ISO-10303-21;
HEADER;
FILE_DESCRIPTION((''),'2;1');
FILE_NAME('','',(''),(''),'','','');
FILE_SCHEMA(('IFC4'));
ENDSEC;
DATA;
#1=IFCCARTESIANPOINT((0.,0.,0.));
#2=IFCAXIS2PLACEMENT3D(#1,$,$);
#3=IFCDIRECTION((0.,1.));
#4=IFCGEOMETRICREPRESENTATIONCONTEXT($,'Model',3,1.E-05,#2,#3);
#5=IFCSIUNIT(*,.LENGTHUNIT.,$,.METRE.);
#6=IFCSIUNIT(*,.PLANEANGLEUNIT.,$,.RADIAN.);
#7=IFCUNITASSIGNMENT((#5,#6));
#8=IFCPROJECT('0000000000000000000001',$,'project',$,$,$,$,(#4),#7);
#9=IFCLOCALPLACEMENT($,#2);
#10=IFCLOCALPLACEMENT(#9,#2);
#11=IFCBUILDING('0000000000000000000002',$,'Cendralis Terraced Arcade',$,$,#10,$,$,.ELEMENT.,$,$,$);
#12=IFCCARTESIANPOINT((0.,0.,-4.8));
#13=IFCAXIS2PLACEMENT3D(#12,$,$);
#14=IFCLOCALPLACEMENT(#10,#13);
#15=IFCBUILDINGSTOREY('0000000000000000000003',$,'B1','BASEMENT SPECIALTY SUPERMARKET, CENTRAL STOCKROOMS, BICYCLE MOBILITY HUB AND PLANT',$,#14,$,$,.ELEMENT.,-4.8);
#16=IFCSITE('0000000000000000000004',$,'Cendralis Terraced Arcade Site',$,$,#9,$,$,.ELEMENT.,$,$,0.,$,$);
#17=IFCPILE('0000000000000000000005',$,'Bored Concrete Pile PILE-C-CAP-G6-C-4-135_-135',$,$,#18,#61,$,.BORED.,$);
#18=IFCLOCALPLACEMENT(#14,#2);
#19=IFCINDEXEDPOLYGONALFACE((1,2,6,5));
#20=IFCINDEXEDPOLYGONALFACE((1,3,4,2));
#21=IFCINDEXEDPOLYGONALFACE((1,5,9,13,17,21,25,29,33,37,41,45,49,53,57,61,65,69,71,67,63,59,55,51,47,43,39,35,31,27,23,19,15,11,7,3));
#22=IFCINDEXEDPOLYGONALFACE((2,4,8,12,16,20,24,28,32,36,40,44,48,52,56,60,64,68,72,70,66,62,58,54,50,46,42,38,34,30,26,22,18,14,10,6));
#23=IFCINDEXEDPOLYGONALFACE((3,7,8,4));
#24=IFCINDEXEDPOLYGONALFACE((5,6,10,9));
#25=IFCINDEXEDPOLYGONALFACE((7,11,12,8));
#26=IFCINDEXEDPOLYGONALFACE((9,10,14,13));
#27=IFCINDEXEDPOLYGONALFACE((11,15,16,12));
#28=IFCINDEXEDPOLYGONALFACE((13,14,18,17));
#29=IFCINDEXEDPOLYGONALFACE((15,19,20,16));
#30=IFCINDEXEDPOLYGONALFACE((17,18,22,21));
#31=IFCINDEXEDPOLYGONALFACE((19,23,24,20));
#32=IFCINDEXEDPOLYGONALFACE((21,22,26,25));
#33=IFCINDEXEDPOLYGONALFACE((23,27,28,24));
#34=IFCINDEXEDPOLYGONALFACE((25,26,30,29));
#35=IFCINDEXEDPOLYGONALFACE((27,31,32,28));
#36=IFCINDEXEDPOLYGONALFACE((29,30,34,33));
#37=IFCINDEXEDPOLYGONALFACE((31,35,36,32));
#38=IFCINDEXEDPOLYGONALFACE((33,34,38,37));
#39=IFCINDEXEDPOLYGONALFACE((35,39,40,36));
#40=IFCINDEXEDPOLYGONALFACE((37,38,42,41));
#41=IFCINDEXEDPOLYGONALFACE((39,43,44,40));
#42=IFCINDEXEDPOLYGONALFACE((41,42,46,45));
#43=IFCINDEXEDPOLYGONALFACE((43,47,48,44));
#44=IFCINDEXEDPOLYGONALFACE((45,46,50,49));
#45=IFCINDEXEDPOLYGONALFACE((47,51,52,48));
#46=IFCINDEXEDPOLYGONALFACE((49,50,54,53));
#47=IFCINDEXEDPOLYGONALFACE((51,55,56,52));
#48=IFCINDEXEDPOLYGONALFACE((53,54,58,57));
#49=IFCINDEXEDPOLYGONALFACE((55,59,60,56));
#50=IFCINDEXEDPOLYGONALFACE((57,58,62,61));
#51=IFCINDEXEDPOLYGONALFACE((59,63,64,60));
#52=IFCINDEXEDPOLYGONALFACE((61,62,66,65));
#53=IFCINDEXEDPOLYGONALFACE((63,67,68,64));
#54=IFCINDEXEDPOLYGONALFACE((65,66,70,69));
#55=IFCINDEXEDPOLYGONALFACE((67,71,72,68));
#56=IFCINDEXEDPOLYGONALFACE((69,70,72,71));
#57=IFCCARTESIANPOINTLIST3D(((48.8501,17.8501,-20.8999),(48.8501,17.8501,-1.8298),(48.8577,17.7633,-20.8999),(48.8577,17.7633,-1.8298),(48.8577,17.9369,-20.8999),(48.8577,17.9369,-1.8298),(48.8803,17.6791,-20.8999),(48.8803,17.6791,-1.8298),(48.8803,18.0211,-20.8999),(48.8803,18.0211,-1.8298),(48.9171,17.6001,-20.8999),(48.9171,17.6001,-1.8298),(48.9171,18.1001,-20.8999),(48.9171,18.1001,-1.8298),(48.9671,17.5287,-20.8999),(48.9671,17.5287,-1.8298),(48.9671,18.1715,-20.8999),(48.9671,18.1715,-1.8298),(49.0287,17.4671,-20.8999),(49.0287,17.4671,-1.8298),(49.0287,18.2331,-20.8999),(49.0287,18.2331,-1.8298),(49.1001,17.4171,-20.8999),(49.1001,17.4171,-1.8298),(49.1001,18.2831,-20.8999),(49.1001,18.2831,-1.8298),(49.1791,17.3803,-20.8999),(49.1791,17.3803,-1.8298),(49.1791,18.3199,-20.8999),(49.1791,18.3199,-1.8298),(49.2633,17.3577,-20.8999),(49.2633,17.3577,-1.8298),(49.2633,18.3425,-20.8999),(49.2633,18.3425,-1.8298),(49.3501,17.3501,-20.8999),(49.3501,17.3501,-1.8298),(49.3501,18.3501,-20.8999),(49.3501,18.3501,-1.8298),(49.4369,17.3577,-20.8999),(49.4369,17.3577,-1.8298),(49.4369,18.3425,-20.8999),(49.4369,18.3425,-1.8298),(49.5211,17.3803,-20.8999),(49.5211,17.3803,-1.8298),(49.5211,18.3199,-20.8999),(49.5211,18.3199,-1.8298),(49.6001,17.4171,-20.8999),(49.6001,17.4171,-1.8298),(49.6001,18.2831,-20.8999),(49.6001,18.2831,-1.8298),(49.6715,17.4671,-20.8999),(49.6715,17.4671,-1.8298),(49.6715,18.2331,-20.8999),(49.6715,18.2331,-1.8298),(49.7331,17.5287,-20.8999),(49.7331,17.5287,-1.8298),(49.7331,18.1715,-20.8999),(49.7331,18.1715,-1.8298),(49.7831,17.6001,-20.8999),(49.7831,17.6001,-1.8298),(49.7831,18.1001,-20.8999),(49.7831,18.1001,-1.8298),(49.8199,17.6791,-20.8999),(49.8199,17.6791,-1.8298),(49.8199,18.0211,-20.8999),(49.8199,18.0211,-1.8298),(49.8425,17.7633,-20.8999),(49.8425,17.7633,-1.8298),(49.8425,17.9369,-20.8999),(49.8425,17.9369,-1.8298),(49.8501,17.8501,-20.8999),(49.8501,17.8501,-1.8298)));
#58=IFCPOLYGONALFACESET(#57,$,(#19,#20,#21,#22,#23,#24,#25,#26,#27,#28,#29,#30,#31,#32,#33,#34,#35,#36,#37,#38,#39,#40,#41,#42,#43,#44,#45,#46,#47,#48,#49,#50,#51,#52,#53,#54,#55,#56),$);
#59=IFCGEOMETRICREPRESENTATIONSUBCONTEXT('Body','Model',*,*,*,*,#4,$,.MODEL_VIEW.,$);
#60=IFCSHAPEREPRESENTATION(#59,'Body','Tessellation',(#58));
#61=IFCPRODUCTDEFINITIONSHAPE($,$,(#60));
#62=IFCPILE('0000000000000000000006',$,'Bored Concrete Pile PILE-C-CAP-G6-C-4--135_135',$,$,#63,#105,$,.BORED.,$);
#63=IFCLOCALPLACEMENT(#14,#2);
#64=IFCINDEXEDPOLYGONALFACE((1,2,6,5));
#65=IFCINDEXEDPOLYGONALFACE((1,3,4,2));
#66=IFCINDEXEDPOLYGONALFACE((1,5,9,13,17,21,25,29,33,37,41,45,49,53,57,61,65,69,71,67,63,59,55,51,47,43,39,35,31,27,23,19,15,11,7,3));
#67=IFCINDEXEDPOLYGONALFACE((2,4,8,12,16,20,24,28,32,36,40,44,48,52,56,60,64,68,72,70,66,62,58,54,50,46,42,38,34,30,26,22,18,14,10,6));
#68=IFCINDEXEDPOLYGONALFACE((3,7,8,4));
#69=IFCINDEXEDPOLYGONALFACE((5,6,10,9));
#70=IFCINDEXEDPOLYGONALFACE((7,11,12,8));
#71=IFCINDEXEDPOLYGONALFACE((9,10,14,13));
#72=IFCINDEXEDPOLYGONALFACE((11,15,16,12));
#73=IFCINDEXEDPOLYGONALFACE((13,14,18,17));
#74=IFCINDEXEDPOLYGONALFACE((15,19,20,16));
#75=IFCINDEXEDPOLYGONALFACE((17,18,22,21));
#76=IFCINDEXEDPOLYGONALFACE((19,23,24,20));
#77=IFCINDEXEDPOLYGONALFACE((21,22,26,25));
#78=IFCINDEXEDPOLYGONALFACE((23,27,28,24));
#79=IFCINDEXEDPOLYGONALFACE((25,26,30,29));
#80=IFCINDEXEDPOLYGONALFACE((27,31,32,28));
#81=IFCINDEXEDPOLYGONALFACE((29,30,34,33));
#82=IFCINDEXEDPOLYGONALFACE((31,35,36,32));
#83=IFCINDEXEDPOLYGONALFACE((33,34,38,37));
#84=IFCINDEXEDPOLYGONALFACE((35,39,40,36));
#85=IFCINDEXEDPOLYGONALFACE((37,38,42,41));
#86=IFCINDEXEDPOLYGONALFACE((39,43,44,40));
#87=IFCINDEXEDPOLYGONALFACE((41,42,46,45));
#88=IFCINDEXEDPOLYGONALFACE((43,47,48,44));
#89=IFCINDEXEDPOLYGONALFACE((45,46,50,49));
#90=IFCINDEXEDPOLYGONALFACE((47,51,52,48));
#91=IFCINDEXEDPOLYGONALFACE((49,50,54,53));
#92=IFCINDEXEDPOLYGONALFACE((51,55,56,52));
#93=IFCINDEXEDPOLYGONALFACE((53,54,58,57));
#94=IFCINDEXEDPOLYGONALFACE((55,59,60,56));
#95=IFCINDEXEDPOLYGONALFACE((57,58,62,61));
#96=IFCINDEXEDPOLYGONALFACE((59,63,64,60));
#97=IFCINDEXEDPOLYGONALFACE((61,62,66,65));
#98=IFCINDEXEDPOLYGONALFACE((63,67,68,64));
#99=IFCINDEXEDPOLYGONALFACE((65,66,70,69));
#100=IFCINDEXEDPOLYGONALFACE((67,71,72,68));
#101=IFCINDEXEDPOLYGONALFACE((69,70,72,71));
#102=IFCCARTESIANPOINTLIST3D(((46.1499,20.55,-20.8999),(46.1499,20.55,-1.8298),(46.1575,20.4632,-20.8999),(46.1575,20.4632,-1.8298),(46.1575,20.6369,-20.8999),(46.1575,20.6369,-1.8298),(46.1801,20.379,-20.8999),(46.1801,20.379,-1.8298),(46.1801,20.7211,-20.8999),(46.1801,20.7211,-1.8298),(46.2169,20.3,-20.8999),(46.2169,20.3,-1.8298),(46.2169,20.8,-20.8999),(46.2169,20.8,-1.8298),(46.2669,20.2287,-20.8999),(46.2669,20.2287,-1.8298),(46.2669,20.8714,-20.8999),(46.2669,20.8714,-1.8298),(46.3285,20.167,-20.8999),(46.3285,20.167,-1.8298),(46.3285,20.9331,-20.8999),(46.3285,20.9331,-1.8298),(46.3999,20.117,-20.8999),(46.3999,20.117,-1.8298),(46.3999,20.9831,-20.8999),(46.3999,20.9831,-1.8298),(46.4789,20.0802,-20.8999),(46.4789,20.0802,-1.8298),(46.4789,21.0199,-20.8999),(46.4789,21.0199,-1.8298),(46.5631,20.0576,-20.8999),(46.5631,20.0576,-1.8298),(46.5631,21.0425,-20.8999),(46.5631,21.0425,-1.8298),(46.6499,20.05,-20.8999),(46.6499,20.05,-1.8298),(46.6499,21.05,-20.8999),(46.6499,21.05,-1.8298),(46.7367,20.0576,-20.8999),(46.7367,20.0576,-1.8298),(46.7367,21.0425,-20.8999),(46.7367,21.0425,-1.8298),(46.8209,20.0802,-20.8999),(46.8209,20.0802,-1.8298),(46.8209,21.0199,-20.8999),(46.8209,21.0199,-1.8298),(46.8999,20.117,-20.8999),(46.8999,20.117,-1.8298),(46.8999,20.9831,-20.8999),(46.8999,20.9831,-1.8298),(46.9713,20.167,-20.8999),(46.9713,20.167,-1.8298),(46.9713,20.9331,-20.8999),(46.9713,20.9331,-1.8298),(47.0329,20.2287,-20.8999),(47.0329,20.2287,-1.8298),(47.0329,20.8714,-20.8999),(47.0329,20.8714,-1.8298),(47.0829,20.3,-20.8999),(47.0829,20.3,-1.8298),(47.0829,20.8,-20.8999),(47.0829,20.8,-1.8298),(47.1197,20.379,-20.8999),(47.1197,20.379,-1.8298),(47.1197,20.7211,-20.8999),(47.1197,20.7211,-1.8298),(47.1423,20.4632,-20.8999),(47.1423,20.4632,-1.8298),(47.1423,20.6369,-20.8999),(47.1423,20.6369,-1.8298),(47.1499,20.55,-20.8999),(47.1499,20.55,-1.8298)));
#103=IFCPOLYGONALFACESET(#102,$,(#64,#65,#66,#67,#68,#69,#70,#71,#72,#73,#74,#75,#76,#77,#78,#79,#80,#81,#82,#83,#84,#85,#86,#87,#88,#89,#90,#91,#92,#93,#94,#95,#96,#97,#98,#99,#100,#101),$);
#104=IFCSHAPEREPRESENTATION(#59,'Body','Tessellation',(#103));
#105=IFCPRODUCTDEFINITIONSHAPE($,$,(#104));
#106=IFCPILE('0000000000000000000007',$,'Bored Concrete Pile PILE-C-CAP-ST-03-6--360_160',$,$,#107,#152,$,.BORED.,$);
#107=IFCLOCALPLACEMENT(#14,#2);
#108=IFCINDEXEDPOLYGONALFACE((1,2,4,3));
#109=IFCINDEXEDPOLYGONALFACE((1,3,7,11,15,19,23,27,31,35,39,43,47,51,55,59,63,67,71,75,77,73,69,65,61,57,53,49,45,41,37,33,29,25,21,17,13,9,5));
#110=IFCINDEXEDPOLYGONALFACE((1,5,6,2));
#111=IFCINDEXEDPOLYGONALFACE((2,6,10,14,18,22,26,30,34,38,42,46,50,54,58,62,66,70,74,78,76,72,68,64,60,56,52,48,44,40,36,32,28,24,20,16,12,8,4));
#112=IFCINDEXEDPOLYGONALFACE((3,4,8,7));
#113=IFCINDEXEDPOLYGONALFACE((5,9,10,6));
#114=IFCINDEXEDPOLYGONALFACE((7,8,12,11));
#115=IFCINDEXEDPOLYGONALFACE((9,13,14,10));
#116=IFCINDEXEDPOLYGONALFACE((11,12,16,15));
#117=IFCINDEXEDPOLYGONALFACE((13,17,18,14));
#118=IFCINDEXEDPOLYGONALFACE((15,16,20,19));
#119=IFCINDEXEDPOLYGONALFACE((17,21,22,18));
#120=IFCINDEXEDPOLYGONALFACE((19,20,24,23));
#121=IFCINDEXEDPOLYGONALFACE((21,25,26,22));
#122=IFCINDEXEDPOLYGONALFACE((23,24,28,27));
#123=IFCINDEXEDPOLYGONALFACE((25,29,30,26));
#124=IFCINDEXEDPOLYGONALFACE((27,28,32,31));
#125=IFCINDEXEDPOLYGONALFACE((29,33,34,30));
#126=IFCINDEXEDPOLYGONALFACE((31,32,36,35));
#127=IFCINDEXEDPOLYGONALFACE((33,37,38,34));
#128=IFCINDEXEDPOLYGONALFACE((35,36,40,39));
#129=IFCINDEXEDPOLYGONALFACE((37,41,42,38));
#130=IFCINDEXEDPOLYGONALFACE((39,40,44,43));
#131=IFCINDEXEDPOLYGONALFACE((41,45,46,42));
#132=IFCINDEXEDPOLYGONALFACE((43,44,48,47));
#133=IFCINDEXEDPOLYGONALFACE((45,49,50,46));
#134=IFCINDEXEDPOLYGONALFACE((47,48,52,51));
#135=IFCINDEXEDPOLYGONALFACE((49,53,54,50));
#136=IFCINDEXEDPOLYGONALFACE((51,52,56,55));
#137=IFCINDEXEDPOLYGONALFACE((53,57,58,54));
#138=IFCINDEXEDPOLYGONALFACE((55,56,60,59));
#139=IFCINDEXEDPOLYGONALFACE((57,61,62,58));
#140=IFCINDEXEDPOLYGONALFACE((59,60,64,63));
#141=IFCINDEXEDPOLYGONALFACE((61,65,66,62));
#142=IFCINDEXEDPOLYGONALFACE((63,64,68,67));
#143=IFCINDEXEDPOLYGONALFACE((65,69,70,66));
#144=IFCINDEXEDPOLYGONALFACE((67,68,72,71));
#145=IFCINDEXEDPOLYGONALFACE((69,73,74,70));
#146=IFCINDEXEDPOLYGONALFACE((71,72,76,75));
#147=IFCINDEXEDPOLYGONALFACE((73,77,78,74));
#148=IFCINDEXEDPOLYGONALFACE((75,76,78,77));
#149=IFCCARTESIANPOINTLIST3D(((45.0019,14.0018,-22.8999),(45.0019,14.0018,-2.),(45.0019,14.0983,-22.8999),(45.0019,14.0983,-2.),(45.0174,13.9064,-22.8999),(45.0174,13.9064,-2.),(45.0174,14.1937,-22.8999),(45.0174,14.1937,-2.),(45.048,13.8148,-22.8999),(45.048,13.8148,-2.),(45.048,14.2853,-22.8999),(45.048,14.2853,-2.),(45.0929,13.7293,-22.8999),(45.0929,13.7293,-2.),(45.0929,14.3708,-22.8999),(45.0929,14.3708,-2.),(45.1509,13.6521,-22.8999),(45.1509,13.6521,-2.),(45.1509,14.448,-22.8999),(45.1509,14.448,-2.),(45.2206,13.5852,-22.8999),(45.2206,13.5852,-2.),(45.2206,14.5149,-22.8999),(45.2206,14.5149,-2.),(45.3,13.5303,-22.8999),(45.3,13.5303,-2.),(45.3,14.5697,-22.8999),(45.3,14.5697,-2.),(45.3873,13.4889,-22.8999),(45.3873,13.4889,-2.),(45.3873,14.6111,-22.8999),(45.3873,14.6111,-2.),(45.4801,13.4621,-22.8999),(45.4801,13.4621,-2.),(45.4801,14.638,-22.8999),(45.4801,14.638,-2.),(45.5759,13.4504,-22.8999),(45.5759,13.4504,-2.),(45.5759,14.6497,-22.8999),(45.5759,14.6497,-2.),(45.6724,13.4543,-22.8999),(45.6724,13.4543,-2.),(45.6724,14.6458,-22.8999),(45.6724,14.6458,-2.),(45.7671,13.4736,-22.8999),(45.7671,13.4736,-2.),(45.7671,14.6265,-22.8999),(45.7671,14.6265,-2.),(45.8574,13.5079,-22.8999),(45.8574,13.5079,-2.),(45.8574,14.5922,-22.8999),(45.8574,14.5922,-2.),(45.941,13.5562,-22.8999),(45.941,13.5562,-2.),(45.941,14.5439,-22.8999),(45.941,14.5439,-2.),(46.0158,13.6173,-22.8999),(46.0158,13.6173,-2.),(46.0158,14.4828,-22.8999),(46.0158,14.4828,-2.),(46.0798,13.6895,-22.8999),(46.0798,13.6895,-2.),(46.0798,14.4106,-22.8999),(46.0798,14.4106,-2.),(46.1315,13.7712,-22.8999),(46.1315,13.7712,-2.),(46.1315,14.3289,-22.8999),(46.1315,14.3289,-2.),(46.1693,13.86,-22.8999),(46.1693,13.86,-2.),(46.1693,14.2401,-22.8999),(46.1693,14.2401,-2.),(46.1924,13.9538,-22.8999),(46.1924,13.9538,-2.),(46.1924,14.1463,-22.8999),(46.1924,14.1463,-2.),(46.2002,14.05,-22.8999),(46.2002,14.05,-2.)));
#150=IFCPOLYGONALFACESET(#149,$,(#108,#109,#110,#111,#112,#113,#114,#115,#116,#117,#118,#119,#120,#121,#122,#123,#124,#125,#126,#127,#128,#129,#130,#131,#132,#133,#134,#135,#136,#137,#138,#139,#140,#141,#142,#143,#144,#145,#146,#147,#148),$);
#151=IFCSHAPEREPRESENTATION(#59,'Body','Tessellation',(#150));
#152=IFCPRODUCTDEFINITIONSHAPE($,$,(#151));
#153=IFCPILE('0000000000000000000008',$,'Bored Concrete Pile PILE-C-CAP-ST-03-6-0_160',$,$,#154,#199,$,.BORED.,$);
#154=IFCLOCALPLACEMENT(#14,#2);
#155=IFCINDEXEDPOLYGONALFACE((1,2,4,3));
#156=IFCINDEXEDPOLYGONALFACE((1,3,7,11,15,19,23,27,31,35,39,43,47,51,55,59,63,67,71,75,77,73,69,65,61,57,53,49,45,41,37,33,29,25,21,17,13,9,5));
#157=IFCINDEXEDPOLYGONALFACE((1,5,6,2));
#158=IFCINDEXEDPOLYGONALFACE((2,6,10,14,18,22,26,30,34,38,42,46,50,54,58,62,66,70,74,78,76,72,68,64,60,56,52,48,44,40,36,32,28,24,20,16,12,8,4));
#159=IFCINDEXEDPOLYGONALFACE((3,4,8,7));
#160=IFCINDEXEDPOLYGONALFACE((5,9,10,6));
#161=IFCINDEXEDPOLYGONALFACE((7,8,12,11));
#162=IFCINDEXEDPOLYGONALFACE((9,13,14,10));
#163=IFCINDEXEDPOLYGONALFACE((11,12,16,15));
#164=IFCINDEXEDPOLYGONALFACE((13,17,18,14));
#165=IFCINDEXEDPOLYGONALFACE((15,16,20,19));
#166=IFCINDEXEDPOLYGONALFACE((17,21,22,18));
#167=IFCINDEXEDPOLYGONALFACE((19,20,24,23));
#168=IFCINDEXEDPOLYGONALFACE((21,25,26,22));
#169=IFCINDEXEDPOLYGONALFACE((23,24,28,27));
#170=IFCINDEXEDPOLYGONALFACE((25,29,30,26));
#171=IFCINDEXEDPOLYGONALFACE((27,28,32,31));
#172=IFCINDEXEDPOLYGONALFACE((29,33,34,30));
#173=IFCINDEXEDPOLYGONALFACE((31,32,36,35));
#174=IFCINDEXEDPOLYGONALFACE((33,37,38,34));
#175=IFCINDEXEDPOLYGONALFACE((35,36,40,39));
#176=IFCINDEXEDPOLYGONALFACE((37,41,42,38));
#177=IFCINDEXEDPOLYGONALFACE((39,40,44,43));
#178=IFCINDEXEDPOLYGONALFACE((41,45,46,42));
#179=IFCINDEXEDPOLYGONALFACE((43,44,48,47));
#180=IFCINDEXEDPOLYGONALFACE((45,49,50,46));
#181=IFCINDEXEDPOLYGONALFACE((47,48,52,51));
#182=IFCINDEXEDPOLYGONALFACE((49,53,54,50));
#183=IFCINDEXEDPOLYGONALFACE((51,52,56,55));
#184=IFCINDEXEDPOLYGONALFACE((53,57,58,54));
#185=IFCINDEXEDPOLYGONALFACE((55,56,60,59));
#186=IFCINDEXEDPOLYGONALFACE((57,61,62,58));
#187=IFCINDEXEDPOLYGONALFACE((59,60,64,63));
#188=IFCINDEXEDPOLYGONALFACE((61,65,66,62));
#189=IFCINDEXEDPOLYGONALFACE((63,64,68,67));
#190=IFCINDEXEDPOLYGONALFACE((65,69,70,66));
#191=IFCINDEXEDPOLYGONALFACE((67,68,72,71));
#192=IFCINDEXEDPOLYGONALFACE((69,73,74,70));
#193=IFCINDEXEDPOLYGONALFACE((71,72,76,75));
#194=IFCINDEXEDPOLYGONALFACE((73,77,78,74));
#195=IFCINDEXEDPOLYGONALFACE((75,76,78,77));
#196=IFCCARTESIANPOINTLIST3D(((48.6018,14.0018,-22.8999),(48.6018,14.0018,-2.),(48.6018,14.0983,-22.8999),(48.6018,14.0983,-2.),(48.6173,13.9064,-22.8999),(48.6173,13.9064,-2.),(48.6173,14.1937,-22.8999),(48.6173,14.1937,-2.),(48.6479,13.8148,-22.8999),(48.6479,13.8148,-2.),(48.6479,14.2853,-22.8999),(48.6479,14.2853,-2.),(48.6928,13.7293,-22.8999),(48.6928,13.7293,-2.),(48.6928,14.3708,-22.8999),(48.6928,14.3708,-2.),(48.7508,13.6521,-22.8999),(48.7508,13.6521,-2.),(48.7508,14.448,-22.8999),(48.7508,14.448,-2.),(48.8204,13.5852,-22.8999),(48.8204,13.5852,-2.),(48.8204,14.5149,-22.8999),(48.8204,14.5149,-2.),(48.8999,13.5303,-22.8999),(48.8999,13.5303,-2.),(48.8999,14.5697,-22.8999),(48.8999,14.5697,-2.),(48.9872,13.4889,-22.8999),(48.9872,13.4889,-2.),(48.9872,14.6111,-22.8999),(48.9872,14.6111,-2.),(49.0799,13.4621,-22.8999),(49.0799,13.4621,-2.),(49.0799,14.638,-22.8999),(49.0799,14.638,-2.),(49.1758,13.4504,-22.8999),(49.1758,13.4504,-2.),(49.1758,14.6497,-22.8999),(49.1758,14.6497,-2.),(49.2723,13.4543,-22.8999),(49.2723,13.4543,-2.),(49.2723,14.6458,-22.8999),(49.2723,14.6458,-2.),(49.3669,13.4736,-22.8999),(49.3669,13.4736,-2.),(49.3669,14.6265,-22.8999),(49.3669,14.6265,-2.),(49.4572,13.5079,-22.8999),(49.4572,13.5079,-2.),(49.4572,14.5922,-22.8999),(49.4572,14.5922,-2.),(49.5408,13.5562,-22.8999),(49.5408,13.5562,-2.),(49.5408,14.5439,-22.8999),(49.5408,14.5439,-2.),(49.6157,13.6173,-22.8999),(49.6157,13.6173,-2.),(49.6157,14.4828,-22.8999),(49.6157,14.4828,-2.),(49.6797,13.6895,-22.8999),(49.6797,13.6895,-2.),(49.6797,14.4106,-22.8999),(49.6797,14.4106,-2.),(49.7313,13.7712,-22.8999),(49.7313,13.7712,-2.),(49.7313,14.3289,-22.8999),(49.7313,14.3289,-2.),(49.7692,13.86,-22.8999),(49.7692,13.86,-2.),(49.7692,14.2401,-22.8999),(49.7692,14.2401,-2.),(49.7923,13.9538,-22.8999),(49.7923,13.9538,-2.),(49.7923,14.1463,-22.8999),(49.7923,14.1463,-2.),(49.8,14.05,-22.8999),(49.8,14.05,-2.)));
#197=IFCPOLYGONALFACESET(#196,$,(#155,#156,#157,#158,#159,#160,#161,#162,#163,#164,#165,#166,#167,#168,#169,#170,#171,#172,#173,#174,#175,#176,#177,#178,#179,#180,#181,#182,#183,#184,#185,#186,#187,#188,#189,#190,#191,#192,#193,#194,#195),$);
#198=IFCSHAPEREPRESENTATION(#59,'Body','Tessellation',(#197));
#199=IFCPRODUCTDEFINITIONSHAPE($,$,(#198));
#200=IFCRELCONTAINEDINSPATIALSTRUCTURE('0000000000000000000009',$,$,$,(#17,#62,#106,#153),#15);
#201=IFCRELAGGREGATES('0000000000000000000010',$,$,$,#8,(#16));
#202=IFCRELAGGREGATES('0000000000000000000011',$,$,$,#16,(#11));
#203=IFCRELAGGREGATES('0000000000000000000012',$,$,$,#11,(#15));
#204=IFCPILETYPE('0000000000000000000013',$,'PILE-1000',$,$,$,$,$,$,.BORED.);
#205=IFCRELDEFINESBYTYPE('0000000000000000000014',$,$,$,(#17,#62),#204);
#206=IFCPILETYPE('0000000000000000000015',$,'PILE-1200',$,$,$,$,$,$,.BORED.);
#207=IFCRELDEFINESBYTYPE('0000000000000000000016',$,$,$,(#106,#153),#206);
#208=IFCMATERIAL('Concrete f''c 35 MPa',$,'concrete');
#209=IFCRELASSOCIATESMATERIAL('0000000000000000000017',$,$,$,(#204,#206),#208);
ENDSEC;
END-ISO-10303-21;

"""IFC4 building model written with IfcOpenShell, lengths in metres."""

from ifc_helpers import new_model, si_unit, direction, frame, origin, origin_2d, place, context, subcontext, project, spatial, circle, extrude, material, material_profile, profile_set, type_object, element, save


model = new_model("IFC4")

# Units and contexts
model_context = context("Model", 3, precision=1e-05, world=origin(), true_north=direction((0.0, 1.0)))
body_context = subcontext(model_context, "Body", "Model", "MODEL_VIEW")
ifc_project = project(units=[si_unit("LENGTHUNIT", "METRE"), si_unit("PLANEANGLEUNIT", "RADIAN")], contexts=[model_context])

# Site, building, storey
site_placement = place(None, origin())
site = spatial("IfcSite", under=ifc_project, at=site_placement, Name="Cendralis Terraced Arcade Site", CompositionType="ELEMENT", RefElevation=0.0)
building_placement = place(site_placement, origin())
building = spatial("IfcBuilding", under=site, at=building_placement, Name="Cendralis Terraced Arcade", CompositionType="ELEMENT")
storey_placement = place(building_placement, frame((0.0, 0.0, -4.8)))
storey = spatial("IfcBuildingStorey", under=building, at=storey_placement, Name="B1", Description="BASEMENT SPECIALTY SUPERMARKET, CENTRAL STOCKROOMS, BICYCLE MOBILITY HUB AND PLANT", CompositionType="ELEMENT", Elevation=-4.8)

# Shared definitions
ifc_material_1 = material(Name="Concrete f'c 35 MPa", Category="concrete")

# Piles
ifc_material_profile_1 = material_profile(ifc_material_1, circle(Radius=0.5, at=origin_2d()), Name="PILE-D1000", Category="LoadBearing")
ifc_profile_set_1 = profile_set([ifc_material_profile_1], Name="Concrete f'c 35 MPa")
pile_type_1 = type_object("IfcPileType", Name="PILE-1000", PredefinedType="BORED", material=ifc_profile_set_1)
for number, where, z_axis, x_axis, name in (
    (1, (49.3501, 17.8501, -1.8298), (0.0, 0.0, -1.0), (1.0, 0.0, 0.0), "Bored Concrete Pile PILE-C-CAP-G6-C-4-135_-135"),
    (2, (46.6499, 20.55, -1.8298), (0.0, 0.0, -1.0), (1.0, 0.0, 0.0), "Bored Concrete Pile PILE-C-CAP-G6-C-4--135_135"),
):
    element("IfcPile", number, at=place(storey_placement, frame(where, z_axis=z_axis, x_axis=x_axis)), inside=storey, type_object=pile_type_1, Name=name, PredefinedType="BORED", context=body_context, shape_type="SweptSolid", body=[
        extrude(circle(Radius=0.5, at=origin_2d()), origin(), (0.0, 0.0, 1.0), 19.0701),
    ])
ifc_material_profile_2 = material_profile(ifc_material_1, circle(Radius=0.6001, at=origin_2d()), Name="PILE-D1200", Category="LoadBearing")
ifc_profile_set_2 = profile_set([ifc_material_profile_2], Name="Concrete f'c 35 MPa")
pile_type_2 = type_object("IfcPileType", Name="PILE-1200", PredefinedType="BORED", material=ifc_profile_set_2)
for number, where, z_axis, x_axis, name in (
    (3, (45.6001, 14.05, -2.0), (0.0, 0.0, -1.0), (1.0, 0.0, 0.0), "Bored Concrete Pile PILE-C-CAP-ST-03-6--360_160"),
    (4, (49.2, 14.05, -2.0), (0.0, 0.0, -1.0), (1.0, 0.0, 0.0), "Bored Concrete Pile PILE-C-CAP-ST-03-6-0_160"),
):
    element("IfcPile", number, at=place(storey_placement, frame(where, z_axis=z_axis, x_axis=x_axis)), inside=storey, type_object=pile_type_2, Name=name, PredefinedType="BORED", context=body_context, shape_type="SweptSolid", body=[
        extrude(circle(Radius=0.6001, at=origin_2d()), origin(), (0.0, 0.0, 1.0), 20.8999),
    ])

save(model, "model.ifc")
